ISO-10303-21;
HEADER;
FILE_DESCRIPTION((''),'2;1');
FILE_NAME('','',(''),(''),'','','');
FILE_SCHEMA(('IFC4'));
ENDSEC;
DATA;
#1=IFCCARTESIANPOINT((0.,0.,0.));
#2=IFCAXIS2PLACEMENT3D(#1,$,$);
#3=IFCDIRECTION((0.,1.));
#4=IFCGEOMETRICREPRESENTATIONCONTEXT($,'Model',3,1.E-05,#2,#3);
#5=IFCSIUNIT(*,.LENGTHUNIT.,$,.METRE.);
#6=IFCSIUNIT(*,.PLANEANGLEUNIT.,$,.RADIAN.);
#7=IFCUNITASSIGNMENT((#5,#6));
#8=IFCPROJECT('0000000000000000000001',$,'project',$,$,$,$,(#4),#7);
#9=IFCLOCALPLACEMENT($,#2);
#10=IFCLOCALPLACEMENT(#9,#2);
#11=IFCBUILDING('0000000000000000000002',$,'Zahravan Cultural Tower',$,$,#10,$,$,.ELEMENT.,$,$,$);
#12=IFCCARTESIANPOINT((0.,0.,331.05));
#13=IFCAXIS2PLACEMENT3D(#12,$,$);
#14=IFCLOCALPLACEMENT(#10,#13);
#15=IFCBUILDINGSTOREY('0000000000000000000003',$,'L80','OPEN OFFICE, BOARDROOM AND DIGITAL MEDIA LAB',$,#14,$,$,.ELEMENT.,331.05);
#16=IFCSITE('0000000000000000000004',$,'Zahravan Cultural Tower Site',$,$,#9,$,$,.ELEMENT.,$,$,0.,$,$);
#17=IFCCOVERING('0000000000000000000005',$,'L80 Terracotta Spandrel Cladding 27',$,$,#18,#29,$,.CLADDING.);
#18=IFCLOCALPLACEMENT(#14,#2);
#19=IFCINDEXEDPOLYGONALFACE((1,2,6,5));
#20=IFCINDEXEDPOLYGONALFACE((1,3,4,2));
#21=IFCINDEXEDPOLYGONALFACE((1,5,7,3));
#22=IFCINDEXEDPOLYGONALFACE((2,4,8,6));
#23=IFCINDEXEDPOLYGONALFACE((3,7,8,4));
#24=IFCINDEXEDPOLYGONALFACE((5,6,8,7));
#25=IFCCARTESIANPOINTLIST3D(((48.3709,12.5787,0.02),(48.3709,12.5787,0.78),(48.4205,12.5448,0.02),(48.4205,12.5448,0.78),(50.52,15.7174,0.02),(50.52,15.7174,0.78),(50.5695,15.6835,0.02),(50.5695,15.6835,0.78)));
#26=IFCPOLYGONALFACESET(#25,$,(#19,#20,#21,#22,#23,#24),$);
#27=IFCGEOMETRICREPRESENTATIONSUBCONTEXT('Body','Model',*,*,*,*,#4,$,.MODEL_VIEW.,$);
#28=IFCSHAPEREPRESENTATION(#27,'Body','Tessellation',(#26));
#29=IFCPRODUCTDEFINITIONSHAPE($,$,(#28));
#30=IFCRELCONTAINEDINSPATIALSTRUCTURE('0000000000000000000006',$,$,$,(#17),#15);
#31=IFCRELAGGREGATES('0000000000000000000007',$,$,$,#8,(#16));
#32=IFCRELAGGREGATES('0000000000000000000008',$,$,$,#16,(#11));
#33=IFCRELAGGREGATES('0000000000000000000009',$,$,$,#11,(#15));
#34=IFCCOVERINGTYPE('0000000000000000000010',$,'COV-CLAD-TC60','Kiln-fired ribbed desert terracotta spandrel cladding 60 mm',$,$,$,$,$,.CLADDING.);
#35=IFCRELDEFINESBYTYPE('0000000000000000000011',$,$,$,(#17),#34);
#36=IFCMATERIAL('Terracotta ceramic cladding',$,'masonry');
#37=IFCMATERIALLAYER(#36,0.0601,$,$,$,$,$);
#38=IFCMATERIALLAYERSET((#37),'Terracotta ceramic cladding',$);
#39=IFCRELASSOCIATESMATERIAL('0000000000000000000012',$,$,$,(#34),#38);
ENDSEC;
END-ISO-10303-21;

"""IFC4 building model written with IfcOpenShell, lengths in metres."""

from ifc_helpers import new_model, si_unit, direction, frame, origin, origin_2d, place, context, subcontext, project, spatial, rectangle, extrude, source, transform, mapped, material, layer, layer_set, type_object, element, save


model = new_model("IFC4")

# Units and contexts
model_context = context("Model", 3, precision=1e-05, world=origin(), true_north=direction((0.0, 1.0)))
body_context = subcontext(model_context, "Body", "Model", "MODEL_VIEW")
ifc_project = project(units=[si_unit("LENGTHUNIT", "METRE"), si_unit("PLANEANGLEUNIT", "RADIAN")], contexts=[model_context])

# Site, building, storey
site_placement = place(None, origin())
site = spatial("IfcSite", under=ifc_project, at=site_placement, Name="Zahravan Cultural Tower Site", CompositionType="ELEMENT", RefElevation=0.0)
building_placement = place(site_placement, origin())
building = spatial("IfcBuilding", under=site, at=building_placement, Name="Zahravan Cultural Tower", CompositionType="ELEMENT")
storey_placement = place(building_placement, frame((0.0, 0.0, 331.05)))
storey = spatial("IfcBuildingStorey", under=building, at=storey_placement, Name="L80", Description="OPEN OFFICE, BOARDROOM AND DIGITAL MEDIA LAB", CompositionType="ELEMENT", Elevation=331.05)

# Covering
ifc_material_1 = material(Name="Terracotta ceramic cladding", Category="masonry")
ifc_layer_1 = layer(ifc_material_1, 0.0601)
ifc_layer_set_1 = layer_set([ifc_layer_1], Name="Terracotta ceramic cladding")
covering_type = type_object("IfcCoveringType", Name="COV-CLAD-TC60", Description="Kiln-fired ribbed desert terracotta spandrel cladding 60 mm", PredefinedType="CLADDING", material=ifc_layer_set_1)
shared_shape_1 = source(origin(), body_context, "Body", "SweptSolid", [
    extrude(rectangle(XDim=3.804, YDim=0.0601, at=origin_2d()), origin(), (0.0, 0.0, 1.0), 0.76),
])
covering_1_placement = place(storey_placement, frame((49.4702, 14.1311, 0.02), z_axis=(0.0, 0.0, 1.0), x_axis=(-0.564953, -0.825123, 0.0)))
element("IfcCovering", 1, at=covering_1_placement, inside=storey, type_object=covering_type, Name="L80 Terracotta Spandrel Cladding 27", PredefinedType="CLADDING", context=body_context, shape_type="MappedRepresentation", body=[
    mapped(shared_shape_1, transform((0.0, 0.0, 0.0), x_axis=(1.0, 0.0, 0.0), y_axis=(0.0, 1.0, 0.0), z_axis=(0.0, 0.0, 1.0), scale=1.0)),
])

save(model, "model.ifc")
